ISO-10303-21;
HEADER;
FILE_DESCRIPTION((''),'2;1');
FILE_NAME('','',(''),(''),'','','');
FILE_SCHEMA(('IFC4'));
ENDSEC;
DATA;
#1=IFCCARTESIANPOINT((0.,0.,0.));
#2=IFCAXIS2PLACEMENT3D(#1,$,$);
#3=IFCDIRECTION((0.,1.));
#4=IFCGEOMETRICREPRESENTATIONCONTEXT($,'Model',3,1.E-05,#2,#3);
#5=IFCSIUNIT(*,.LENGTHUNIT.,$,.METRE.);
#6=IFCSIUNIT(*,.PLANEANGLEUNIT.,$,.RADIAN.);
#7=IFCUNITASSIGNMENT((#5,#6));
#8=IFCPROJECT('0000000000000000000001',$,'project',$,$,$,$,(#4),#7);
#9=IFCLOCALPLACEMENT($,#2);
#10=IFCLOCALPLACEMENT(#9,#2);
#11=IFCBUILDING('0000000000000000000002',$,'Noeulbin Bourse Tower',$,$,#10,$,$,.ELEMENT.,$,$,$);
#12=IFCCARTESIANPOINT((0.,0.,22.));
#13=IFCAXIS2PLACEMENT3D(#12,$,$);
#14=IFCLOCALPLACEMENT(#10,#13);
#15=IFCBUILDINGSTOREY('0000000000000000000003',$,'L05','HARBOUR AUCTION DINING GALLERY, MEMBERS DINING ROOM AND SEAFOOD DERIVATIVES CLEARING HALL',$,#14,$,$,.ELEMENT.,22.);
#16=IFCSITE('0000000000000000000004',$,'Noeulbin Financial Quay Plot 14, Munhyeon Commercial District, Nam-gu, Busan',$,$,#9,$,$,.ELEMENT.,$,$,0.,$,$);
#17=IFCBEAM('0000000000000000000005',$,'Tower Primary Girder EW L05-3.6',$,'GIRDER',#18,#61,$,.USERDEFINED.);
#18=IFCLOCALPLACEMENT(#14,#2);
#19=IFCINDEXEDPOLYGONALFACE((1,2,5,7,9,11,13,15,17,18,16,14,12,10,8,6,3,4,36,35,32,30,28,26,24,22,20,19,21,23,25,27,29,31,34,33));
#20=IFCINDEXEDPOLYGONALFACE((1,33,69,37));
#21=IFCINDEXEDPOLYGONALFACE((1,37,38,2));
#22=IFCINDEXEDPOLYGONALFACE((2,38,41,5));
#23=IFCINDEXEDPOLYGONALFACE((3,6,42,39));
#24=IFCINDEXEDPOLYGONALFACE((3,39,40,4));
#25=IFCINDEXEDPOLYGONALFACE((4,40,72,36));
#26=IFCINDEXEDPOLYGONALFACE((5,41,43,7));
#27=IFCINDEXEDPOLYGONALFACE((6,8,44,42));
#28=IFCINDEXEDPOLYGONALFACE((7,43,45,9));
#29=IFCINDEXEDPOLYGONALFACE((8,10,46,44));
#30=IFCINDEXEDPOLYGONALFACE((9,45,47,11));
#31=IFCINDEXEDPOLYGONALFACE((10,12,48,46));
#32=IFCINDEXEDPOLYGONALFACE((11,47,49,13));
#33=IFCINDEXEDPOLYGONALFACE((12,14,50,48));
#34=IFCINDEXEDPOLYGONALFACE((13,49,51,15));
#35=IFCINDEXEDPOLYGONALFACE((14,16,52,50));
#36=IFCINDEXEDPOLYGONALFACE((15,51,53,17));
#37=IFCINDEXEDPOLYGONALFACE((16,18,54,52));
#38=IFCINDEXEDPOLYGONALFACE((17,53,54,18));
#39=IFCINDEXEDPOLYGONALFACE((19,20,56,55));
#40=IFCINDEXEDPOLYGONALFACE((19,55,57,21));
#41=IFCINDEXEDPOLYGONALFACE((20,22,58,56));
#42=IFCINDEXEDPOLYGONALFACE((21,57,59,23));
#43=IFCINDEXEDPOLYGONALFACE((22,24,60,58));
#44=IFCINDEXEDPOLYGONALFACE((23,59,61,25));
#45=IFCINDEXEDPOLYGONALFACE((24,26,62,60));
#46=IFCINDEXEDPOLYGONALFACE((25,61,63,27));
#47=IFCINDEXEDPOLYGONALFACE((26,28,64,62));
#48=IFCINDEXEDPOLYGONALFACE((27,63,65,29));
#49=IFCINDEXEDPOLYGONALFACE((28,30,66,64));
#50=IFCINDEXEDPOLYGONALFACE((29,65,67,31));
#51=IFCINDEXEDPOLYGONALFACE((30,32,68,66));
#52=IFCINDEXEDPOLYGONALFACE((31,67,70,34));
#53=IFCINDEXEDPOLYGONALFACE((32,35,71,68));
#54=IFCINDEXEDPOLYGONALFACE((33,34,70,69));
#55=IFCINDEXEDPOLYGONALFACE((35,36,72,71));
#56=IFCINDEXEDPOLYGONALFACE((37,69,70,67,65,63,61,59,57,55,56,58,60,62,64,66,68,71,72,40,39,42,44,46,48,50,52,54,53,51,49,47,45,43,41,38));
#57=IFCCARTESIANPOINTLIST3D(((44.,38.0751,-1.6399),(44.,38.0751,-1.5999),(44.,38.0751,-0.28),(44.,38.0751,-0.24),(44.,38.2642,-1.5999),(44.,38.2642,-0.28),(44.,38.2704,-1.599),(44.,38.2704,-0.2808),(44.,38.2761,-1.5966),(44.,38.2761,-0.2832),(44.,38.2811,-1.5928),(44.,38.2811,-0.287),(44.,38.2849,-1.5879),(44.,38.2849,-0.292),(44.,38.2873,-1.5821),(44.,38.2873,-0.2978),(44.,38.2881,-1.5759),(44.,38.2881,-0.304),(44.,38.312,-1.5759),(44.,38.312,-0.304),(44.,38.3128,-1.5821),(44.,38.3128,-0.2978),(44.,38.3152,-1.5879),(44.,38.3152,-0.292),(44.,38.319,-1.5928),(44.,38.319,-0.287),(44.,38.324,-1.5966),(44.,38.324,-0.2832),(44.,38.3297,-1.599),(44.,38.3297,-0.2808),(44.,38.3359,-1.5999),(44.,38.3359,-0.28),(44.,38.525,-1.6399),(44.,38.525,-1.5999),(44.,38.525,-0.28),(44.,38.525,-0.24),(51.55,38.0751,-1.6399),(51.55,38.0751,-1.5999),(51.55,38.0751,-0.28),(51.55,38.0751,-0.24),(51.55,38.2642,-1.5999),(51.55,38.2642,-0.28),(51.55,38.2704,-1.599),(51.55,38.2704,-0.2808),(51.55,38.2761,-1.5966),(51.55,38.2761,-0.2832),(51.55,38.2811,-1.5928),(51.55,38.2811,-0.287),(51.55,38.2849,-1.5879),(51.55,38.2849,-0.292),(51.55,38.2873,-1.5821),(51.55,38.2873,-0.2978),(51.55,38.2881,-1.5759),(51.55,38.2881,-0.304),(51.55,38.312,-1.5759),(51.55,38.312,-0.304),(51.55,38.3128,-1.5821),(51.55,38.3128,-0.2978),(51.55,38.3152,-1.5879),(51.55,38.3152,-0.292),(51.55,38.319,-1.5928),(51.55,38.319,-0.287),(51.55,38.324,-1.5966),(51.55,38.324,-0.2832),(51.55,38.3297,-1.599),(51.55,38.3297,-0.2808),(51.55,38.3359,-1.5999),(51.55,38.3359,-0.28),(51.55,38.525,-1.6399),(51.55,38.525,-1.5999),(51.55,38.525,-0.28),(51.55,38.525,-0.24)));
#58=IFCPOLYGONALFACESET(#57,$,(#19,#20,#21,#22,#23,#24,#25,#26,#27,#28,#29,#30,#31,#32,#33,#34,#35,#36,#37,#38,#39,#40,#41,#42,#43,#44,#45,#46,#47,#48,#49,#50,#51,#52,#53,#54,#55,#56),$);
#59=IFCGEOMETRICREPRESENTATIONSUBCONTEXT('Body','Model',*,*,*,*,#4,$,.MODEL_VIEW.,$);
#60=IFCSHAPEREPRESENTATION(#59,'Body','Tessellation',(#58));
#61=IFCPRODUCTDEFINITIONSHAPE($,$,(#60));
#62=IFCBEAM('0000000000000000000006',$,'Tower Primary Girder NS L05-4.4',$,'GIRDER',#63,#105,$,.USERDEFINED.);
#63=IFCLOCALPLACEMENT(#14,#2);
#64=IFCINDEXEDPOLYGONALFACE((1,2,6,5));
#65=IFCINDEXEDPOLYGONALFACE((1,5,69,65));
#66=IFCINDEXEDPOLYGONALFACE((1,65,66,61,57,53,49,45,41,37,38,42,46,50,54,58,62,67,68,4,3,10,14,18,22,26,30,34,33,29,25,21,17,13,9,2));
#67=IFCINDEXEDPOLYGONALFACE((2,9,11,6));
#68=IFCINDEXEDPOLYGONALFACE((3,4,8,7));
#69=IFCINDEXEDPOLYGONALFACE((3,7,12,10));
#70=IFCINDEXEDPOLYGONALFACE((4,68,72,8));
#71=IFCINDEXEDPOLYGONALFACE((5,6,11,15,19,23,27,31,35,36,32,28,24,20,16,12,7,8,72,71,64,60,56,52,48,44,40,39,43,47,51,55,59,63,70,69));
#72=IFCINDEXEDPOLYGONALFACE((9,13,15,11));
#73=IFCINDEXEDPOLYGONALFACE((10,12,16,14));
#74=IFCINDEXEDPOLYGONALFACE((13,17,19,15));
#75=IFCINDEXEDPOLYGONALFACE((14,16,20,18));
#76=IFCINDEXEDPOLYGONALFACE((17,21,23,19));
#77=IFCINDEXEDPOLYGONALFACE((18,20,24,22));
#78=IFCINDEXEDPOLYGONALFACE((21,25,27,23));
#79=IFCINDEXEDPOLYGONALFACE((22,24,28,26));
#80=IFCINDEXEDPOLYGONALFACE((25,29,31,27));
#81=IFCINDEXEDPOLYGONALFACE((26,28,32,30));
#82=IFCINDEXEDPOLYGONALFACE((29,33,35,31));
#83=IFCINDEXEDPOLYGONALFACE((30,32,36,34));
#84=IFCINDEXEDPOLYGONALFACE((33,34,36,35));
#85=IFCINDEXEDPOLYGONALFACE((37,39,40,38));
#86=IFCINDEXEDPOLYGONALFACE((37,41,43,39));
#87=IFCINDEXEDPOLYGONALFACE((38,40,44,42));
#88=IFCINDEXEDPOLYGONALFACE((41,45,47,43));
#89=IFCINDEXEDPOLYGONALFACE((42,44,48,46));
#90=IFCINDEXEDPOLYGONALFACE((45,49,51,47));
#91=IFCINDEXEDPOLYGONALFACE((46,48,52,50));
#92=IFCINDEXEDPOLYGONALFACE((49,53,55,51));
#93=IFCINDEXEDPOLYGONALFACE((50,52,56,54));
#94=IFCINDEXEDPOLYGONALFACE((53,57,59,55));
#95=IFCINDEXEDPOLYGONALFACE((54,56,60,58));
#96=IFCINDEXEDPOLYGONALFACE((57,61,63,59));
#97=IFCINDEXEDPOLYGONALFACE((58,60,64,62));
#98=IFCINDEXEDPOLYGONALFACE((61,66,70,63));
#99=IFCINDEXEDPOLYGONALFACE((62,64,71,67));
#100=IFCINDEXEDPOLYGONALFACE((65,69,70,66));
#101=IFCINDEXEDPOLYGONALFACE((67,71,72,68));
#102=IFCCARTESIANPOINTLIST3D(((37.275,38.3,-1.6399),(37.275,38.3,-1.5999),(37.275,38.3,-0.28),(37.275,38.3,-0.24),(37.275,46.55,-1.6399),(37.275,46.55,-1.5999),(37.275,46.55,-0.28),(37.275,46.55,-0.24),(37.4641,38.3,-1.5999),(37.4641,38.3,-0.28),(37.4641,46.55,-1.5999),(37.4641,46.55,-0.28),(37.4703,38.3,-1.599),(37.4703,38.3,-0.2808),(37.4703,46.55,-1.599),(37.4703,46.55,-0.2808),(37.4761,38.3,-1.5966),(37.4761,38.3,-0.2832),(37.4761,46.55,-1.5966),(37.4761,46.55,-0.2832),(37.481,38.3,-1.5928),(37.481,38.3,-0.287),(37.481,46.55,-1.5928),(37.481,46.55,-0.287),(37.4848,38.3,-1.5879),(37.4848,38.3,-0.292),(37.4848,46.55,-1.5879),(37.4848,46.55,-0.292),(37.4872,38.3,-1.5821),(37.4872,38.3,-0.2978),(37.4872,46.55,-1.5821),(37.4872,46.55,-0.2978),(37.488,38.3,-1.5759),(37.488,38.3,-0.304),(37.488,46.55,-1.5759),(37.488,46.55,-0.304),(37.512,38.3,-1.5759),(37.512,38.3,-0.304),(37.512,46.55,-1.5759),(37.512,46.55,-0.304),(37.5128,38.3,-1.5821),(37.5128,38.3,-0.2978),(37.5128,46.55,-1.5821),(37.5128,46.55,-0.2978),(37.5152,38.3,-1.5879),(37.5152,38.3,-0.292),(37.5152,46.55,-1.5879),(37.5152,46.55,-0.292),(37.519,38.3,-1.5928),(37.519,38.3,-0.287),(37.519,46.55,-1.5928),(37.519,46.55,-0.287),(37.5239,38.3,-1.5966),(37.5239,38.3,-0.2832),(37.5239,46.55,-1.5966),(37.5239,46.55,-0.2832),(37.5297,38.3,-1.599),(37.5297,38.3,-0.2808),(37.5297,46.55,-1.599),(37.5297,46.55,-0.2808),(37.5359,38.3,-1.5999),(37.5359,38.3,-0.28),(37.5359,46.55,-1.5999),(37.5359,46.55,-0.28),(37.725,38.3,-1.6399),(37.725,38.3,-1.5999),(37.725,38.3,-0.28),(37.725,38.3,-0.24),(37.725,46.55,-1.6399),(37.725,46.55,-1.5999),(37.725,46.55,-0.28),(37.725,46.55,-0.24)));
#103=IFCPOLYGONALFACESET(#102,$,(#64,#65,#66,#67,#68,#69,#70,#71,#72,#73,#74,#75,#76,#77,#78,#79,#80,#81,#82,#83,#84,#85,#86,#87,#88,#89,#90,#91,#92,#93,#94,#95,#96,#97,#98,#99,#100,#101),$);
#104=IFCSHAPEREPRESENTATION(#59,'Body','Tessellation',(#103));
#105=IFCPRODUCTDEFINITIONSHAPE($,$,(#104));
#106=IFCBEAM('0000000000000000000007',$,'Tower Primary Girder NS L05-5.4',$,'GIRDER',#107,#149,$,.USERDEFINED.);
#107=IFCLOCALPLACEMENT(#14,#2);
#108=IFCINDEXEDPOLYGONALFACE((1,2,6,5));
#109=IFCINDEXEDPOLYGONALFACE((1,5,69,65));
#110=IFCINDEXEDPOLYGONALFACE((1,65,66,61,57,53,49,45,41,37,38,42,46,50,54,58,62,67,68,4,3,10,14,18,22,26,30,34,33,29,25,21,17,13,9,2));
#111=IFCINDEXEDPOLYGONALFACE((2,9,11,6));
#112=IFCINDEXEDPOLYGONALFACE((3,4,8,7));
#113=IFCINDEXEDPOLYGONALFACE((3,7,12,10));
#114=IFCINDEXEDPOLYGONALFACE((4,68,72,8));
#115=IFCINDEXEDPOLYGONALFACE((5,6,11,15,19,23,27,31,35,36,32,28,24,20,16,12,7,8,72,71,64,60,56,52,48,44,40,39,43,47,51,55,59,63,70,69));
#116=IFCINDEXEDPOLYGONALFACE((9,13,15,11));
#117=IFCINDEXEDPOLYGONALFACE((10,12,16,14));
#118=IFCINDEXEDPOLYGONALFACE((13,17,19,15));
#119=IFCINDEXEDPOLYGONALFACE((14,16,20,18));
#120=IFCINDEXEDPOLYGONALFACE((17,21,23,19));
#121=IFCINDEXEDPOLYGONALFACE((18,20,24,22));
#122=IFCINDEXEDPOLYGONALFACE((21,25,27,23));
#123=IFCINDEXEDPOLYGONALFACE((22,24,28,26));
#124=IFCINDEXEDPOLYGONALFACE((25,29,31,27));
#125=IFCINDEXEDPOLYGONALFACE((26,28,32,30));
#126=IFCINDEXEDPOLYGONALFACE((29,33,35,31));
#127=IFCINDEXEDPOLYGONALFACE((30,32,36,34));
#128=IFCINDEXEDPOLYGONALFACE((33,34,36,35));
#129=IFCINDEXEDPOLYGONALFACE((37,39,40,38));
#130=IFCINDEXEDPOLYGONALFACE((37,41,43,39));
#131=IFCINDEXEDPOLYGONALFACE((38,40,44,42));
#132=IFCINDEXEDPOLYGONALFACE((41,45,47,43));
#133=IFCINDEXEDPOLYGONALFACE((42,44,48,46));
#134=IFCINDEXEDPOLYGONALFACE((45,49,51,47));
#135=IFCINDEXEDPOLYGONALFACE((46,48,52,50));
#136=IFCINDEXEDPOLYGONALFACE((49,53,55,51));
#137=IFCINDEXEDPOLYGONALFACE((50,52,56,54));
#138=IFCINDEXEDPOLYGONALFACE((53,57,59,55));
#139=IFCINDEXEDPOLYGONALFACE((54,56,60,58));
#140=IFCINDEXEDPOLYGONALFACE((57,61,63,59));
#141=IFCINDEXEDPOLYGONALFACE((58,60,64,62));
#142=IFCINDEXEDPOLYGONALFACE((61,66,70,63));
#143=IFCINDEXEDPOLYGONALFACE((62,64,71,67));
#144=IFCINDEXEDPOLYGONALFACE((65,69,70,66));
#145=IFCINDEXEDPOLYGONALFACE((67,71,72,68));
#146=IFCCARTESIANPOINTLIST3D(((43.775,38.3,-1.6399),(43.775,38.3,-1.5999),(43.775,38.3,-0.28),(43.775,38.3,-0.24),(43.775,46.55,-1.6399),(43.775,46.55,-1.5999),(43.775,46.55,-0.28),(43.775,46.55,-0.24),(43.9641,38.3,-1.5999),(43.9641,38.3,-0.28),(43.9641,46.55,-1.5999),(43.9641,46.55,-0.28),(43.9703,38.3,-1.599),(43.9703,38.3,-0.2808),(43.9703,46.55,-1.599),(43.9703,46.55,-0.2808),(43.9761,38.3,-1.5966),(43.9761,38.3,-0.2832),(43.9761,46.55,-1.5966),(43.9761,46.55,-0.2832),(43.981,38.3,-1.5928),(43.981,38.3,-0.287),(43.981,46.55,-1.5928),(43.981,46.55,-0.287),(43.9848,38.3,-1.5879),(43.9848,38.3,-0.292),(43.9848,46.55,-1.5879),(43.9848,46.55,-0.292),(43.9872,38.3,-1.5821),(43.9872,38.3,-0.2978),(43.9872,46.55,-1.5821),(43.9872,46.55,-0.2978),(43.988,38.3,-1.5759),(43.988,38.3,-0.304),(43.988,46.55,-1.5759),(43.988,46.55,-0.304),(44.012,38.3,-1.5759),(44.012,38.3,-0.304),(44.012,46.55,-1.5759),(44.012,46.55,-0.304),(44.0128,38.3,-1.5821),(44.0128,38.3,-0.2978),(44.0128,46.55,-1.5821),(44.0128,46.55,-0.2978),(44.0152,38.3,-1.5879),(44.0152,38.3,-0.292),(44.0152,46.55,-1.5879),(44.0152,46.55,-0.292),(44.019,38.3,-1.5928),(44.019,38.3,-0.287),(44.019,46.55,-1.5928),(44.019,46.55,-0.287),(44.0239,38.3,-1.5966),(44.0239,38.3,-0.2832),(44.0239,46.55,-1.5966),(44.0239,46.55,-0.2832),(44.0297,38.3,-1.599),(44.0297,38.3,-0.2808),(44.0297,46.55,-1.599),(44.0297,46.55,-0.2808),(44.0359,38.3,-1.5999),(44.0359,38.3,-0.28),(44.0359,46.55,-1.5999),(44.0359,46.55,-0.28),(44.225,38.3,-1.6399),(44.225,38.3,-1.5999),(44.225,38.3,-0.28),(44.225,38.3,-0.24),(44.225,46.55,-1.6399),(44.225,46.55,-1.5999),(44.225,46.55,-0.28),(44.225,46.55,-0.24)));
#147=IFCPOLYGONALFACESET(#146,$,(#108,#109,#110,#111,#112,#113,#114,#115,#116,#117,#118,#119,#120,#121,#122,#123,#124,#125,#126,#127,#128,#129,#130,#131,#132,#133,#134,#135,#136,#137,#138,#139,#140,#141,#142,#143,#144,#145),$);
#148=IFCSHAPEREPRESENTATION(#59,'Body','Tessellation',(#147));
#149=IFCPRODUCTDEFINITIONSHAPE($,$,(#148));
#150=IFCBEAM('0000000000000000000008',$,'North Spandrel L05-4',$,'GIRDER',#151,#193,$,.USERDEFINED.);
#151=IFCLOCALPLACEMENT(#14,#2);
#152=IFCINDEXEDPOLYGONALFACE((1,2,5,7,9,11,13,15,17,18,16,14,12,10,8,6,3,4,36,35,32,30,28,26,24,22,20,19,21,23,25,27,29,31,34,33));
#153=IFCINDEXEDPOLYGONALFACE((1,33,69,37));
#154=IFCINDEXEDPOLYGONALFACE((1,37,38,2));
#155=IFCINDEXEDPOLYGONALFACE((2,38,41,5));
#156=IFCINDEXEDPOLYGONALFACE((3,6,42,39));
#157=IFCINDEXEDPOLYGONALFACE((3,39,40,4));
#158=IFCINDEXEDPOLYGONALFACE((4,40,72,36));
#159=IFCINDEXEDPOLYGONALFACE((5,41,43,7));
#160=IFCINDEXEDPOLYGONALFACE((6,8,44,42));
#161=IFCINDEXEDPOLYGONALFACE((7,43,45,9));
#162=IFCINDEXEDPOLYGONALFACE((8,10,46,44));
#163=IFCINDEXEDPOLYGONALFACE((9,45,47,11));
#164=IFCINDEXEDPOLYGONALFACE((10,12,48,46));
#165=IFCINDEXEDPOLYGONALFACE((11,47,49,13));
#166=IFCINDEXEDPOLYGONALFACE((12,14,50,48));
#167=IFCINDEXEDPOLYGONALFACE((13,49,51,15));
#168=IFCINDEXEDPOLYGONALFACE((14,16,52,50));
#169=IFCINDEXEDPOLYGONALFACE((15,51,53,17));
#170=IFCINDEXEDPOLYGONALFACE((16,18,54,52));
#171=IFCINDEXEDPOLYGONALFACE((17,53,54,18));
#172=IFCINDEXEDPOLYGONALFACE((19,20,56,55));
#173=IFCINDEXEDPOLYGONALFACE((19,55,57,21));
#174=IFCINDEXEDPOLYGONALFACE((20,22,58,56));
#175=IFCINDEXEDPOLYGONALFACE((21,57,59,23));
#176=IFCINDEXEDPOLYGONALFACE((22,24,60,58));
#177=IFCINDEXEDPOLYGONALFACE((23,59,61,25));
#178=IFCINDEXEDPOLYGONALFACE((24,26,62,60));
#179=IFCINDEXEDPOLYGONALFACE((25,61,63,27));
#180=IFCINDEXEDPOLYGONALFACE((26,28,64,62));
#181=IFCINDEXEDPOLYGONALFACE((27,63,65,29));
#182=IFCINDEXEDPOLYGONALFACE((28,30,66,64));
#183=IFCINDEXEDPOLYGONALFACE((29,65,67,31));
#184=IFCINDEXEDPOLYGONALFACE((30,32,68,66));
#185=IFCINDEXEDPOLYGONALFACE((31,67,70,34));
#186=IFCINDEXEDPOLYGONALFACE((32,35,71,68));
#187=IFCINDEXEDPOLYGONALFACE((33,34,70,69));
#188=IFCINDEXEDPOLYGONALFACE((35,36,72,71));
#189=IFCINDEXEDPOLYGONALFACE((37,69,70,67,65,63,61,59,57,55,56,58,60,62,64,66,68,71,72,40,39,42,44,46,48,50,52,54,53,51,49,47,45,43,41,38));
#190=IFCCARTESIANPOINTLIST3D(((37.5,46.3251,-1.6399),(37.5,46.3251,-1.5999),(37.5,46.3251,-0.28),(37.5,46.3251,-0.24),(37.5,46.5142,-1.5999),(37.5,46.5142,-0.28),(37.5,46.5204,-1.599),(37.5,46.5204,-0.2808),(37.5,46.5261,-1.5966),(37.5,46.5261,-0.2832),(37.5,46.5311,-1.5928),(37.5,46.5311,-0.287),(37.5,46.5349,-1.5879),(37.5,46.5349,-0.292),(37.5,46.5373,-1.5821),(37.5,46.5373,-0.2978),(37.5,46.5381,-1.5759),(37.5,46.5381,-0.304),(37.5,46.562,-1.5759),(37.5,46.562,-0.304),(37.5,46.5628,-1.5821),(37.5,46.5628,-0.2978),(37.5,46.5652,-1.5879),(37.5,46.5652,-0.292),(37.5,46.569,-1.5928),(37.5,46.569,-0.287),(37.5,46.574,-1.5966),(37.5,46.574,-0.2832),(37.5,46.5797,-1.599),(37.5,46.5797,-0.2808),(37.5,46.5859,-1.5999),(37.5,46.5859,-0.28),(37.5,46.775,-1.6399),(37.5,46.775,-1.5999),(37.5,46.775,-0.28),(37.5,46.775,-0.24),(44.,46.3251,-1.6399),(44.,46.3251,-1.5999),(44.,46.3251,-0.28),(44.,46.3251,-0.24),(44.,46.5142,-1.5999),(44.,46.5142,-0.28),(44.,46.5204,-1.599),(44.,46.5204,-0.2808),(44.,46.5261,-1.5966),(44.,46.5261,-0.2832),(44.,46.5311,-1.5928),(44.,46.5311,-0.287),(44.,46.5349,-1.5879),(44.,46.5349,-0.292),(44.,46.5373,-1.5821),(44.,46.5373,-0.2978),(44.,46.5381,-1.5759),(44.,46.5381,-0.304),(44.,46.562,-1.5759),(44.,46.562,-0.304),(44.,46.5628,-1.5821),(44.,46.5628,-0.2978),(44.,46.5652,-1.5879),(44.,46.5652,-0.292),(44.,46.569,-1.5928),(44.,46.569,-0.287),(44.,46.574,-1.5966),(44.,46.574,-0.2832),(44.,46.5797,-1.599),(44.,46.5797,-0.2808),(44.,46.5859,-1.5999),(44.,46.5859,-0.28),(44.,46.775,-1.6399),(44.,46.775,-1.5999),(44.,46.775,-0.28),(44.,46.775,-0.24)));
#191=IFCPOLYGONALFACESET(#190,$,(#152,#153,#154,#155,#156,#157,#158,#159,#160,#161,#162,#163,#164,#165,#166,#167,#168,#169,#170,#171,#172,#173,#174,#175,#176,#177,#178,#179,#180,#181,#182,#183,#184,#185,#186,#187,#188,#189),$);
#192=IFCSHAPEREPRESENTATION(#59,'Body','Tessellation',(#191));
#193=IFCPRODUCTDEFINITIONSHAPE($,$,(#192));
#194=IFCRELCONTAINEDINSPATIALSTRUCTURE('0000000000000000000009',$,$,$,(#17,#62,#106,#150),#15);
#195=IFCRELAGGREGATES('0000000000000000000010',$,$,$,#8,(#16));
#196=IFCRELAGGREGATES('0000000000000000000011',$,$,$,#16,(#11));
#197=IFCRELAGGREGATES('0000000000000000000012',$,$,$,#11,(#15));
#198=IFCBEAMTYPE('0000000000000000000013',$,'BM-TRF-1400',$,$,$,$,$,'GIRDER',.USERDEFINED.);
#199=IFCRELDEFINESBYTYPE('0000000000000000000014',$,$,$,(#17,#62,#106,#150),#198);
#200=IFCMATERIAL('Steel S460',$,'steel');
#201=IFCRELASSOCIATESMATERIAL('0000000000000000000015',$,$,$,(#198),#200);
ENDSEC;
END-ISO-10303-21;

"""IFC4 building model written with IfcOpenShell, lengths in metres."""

from ifc_helpers import new_model, si_unit, direction, frame, origin, origin_2d, place, context, subcontext, project, spatial, i_section, extrude, material, material_profile, profile_set, type_object, element, save


model = new_model("IFC4")

# Units and contexts
model_context = context("Model", 3, precision=1e-05, world=origin(), true_north=direction((0.0, 1.0)))
body_context = subcontext(model_context, "Body", "Model", "MODEL_VIEW")
ifc_project = project(units=[si_unit("LENGTHUNIT", "METRE"), si_unit("PLANEANGLEUNIT", "RADIAN")], contexts=[model_context])

# Site, building, storey
site_placement = place(None, origin())
site = spatial("IfcSite", under=ifc_project, at=site_placement, Name="Noeulbin Financial Quay Plot 14, Munhyeon Commercial District, Nam-gu, Busan", CompositionType="ELEMENT", RefElevation=0.0)
building_placement = place(site_placement, origin())
building = spatial("IfcBuilding", under=site, at=building_placement, Name="Noeulbin Bourse Tower", CompositionType="ELEMENT")
storey_placement = place(building_placement, frame((0.0, 0.0, 22.0)))
storey = spatial("IfcBuildingStorey", under=building, at=storey_placement, Name="L05", Description="HARBOUR AUCTION DINING GALLERY, MEMBERS DINING ROOM AND SEAFOOD DERIVATIVES CLEARING HALL", CompositionType="ELEMENT", Elevation=22.0)

# Shared definitions
ifc_material_1 = material(Name="Steel S460", Category="steel")

# Beams
ifc_material_profile_1 = material_profile(ifc_material_1, i_section(OverallWidth=0.45, OverallDepth=1.3999, WebThickness=0.0239, FlangeThickness=0.04, FilletRadius=0.0239, at=origin_2d()), Name="PG-1400x450x24x40", Category="LoadBearing")
ifc_profile_set_1 = profile_set([ifc_material_profile_1], Name="Steel S460")
beam_type_1 = type_object("IfcBeamType", Name="BM-TRF-1400", ElementType="GIRDER", PredefinedType="USERDEFINED", material=ifc_profile_set_1)
beam_1_placement = place(storey_placement, frame((44.0, 38.3, -0.9399), z_axis=(1.0, 0.0, 0.0), x_axis=(0.0, 1.0, 0.0)))
element("IfcBeam", 1, at=beam_1_placement, inside=storey, type_object=beam_type_1, Name="Tower Primary Girder EW L05-3.6", ObjectType="GIRDER", PredefinedType="USERDEFINED", context=body_context, shape_type="SweptSolid", body=[
    extrude(i_section(OverallWidth=0.45, OverallDepth=1.3999, WebThickness=0.0239, FlangeThickness=0.04, FilletRadius=0.0239, at=origin_2d()), origin(), (0.0, 0.0, 1.0), 7.55),
])
for number, where, z_axis, x_axis, name in (
    (2, (37.5, 38.3, -0.9399), (0.0, 1.0, 0.0), (-1.0, 0.0, 0.0), "Tower Primary Girder NS L05-4.4"),
    (3, (44.0, 38.3, -0.9399), (0.0, 1.0, 0.0), (-1.0, 0.0, 0.0), "Tower Primary Girder NS L05-5.4"),
):
    element("IfcBeam", number, at=place(storey_placement, frame(where, z_axis=z_axis, x_axis=x_axis)), inside=storey, type_object=beam_type_1, Name=name, ObjectType="GIRDER", PredefinedType="USERDEFINED", context=body_context, shape_type="SweptSolid", body=[
        extrude(i_section(OverallWidth=0.45, OverallDepth=1.3999, WebThickness=0.0239, FlangeThickness=0.04, FilletRadius=0.0239, at=origin_2d()), origin(), (0.0, 0.0, 1.0), 8.25),
    ])
beam_2_placement = place(storey_placement, frame((37.5, 46.55, -0.9399), z_axis=(1.0, 0.0, 0.0), x_axis=(0.0, 1.0, 0.0)))
element("IfcBeam", 4, at=beam_2_placement, inside=storey, type_object=beam_type_1, Name="North Spandrel L05-4", ObjectType="GIRDER", PredefinedType="USERDEFINED", context=body_context, shape_type="SweptSolid", body=[
    extrude(i_section(OverallWidth=0.45, OverallDepth=1.3999, WebThickness=0.0239, FlangeThickness=0.04, FilletRadius=0.0239, at=origin_2d()), origin(), (0.0, 0.0, 1.0), 6.5),
])

save(model, "model.ifc")
